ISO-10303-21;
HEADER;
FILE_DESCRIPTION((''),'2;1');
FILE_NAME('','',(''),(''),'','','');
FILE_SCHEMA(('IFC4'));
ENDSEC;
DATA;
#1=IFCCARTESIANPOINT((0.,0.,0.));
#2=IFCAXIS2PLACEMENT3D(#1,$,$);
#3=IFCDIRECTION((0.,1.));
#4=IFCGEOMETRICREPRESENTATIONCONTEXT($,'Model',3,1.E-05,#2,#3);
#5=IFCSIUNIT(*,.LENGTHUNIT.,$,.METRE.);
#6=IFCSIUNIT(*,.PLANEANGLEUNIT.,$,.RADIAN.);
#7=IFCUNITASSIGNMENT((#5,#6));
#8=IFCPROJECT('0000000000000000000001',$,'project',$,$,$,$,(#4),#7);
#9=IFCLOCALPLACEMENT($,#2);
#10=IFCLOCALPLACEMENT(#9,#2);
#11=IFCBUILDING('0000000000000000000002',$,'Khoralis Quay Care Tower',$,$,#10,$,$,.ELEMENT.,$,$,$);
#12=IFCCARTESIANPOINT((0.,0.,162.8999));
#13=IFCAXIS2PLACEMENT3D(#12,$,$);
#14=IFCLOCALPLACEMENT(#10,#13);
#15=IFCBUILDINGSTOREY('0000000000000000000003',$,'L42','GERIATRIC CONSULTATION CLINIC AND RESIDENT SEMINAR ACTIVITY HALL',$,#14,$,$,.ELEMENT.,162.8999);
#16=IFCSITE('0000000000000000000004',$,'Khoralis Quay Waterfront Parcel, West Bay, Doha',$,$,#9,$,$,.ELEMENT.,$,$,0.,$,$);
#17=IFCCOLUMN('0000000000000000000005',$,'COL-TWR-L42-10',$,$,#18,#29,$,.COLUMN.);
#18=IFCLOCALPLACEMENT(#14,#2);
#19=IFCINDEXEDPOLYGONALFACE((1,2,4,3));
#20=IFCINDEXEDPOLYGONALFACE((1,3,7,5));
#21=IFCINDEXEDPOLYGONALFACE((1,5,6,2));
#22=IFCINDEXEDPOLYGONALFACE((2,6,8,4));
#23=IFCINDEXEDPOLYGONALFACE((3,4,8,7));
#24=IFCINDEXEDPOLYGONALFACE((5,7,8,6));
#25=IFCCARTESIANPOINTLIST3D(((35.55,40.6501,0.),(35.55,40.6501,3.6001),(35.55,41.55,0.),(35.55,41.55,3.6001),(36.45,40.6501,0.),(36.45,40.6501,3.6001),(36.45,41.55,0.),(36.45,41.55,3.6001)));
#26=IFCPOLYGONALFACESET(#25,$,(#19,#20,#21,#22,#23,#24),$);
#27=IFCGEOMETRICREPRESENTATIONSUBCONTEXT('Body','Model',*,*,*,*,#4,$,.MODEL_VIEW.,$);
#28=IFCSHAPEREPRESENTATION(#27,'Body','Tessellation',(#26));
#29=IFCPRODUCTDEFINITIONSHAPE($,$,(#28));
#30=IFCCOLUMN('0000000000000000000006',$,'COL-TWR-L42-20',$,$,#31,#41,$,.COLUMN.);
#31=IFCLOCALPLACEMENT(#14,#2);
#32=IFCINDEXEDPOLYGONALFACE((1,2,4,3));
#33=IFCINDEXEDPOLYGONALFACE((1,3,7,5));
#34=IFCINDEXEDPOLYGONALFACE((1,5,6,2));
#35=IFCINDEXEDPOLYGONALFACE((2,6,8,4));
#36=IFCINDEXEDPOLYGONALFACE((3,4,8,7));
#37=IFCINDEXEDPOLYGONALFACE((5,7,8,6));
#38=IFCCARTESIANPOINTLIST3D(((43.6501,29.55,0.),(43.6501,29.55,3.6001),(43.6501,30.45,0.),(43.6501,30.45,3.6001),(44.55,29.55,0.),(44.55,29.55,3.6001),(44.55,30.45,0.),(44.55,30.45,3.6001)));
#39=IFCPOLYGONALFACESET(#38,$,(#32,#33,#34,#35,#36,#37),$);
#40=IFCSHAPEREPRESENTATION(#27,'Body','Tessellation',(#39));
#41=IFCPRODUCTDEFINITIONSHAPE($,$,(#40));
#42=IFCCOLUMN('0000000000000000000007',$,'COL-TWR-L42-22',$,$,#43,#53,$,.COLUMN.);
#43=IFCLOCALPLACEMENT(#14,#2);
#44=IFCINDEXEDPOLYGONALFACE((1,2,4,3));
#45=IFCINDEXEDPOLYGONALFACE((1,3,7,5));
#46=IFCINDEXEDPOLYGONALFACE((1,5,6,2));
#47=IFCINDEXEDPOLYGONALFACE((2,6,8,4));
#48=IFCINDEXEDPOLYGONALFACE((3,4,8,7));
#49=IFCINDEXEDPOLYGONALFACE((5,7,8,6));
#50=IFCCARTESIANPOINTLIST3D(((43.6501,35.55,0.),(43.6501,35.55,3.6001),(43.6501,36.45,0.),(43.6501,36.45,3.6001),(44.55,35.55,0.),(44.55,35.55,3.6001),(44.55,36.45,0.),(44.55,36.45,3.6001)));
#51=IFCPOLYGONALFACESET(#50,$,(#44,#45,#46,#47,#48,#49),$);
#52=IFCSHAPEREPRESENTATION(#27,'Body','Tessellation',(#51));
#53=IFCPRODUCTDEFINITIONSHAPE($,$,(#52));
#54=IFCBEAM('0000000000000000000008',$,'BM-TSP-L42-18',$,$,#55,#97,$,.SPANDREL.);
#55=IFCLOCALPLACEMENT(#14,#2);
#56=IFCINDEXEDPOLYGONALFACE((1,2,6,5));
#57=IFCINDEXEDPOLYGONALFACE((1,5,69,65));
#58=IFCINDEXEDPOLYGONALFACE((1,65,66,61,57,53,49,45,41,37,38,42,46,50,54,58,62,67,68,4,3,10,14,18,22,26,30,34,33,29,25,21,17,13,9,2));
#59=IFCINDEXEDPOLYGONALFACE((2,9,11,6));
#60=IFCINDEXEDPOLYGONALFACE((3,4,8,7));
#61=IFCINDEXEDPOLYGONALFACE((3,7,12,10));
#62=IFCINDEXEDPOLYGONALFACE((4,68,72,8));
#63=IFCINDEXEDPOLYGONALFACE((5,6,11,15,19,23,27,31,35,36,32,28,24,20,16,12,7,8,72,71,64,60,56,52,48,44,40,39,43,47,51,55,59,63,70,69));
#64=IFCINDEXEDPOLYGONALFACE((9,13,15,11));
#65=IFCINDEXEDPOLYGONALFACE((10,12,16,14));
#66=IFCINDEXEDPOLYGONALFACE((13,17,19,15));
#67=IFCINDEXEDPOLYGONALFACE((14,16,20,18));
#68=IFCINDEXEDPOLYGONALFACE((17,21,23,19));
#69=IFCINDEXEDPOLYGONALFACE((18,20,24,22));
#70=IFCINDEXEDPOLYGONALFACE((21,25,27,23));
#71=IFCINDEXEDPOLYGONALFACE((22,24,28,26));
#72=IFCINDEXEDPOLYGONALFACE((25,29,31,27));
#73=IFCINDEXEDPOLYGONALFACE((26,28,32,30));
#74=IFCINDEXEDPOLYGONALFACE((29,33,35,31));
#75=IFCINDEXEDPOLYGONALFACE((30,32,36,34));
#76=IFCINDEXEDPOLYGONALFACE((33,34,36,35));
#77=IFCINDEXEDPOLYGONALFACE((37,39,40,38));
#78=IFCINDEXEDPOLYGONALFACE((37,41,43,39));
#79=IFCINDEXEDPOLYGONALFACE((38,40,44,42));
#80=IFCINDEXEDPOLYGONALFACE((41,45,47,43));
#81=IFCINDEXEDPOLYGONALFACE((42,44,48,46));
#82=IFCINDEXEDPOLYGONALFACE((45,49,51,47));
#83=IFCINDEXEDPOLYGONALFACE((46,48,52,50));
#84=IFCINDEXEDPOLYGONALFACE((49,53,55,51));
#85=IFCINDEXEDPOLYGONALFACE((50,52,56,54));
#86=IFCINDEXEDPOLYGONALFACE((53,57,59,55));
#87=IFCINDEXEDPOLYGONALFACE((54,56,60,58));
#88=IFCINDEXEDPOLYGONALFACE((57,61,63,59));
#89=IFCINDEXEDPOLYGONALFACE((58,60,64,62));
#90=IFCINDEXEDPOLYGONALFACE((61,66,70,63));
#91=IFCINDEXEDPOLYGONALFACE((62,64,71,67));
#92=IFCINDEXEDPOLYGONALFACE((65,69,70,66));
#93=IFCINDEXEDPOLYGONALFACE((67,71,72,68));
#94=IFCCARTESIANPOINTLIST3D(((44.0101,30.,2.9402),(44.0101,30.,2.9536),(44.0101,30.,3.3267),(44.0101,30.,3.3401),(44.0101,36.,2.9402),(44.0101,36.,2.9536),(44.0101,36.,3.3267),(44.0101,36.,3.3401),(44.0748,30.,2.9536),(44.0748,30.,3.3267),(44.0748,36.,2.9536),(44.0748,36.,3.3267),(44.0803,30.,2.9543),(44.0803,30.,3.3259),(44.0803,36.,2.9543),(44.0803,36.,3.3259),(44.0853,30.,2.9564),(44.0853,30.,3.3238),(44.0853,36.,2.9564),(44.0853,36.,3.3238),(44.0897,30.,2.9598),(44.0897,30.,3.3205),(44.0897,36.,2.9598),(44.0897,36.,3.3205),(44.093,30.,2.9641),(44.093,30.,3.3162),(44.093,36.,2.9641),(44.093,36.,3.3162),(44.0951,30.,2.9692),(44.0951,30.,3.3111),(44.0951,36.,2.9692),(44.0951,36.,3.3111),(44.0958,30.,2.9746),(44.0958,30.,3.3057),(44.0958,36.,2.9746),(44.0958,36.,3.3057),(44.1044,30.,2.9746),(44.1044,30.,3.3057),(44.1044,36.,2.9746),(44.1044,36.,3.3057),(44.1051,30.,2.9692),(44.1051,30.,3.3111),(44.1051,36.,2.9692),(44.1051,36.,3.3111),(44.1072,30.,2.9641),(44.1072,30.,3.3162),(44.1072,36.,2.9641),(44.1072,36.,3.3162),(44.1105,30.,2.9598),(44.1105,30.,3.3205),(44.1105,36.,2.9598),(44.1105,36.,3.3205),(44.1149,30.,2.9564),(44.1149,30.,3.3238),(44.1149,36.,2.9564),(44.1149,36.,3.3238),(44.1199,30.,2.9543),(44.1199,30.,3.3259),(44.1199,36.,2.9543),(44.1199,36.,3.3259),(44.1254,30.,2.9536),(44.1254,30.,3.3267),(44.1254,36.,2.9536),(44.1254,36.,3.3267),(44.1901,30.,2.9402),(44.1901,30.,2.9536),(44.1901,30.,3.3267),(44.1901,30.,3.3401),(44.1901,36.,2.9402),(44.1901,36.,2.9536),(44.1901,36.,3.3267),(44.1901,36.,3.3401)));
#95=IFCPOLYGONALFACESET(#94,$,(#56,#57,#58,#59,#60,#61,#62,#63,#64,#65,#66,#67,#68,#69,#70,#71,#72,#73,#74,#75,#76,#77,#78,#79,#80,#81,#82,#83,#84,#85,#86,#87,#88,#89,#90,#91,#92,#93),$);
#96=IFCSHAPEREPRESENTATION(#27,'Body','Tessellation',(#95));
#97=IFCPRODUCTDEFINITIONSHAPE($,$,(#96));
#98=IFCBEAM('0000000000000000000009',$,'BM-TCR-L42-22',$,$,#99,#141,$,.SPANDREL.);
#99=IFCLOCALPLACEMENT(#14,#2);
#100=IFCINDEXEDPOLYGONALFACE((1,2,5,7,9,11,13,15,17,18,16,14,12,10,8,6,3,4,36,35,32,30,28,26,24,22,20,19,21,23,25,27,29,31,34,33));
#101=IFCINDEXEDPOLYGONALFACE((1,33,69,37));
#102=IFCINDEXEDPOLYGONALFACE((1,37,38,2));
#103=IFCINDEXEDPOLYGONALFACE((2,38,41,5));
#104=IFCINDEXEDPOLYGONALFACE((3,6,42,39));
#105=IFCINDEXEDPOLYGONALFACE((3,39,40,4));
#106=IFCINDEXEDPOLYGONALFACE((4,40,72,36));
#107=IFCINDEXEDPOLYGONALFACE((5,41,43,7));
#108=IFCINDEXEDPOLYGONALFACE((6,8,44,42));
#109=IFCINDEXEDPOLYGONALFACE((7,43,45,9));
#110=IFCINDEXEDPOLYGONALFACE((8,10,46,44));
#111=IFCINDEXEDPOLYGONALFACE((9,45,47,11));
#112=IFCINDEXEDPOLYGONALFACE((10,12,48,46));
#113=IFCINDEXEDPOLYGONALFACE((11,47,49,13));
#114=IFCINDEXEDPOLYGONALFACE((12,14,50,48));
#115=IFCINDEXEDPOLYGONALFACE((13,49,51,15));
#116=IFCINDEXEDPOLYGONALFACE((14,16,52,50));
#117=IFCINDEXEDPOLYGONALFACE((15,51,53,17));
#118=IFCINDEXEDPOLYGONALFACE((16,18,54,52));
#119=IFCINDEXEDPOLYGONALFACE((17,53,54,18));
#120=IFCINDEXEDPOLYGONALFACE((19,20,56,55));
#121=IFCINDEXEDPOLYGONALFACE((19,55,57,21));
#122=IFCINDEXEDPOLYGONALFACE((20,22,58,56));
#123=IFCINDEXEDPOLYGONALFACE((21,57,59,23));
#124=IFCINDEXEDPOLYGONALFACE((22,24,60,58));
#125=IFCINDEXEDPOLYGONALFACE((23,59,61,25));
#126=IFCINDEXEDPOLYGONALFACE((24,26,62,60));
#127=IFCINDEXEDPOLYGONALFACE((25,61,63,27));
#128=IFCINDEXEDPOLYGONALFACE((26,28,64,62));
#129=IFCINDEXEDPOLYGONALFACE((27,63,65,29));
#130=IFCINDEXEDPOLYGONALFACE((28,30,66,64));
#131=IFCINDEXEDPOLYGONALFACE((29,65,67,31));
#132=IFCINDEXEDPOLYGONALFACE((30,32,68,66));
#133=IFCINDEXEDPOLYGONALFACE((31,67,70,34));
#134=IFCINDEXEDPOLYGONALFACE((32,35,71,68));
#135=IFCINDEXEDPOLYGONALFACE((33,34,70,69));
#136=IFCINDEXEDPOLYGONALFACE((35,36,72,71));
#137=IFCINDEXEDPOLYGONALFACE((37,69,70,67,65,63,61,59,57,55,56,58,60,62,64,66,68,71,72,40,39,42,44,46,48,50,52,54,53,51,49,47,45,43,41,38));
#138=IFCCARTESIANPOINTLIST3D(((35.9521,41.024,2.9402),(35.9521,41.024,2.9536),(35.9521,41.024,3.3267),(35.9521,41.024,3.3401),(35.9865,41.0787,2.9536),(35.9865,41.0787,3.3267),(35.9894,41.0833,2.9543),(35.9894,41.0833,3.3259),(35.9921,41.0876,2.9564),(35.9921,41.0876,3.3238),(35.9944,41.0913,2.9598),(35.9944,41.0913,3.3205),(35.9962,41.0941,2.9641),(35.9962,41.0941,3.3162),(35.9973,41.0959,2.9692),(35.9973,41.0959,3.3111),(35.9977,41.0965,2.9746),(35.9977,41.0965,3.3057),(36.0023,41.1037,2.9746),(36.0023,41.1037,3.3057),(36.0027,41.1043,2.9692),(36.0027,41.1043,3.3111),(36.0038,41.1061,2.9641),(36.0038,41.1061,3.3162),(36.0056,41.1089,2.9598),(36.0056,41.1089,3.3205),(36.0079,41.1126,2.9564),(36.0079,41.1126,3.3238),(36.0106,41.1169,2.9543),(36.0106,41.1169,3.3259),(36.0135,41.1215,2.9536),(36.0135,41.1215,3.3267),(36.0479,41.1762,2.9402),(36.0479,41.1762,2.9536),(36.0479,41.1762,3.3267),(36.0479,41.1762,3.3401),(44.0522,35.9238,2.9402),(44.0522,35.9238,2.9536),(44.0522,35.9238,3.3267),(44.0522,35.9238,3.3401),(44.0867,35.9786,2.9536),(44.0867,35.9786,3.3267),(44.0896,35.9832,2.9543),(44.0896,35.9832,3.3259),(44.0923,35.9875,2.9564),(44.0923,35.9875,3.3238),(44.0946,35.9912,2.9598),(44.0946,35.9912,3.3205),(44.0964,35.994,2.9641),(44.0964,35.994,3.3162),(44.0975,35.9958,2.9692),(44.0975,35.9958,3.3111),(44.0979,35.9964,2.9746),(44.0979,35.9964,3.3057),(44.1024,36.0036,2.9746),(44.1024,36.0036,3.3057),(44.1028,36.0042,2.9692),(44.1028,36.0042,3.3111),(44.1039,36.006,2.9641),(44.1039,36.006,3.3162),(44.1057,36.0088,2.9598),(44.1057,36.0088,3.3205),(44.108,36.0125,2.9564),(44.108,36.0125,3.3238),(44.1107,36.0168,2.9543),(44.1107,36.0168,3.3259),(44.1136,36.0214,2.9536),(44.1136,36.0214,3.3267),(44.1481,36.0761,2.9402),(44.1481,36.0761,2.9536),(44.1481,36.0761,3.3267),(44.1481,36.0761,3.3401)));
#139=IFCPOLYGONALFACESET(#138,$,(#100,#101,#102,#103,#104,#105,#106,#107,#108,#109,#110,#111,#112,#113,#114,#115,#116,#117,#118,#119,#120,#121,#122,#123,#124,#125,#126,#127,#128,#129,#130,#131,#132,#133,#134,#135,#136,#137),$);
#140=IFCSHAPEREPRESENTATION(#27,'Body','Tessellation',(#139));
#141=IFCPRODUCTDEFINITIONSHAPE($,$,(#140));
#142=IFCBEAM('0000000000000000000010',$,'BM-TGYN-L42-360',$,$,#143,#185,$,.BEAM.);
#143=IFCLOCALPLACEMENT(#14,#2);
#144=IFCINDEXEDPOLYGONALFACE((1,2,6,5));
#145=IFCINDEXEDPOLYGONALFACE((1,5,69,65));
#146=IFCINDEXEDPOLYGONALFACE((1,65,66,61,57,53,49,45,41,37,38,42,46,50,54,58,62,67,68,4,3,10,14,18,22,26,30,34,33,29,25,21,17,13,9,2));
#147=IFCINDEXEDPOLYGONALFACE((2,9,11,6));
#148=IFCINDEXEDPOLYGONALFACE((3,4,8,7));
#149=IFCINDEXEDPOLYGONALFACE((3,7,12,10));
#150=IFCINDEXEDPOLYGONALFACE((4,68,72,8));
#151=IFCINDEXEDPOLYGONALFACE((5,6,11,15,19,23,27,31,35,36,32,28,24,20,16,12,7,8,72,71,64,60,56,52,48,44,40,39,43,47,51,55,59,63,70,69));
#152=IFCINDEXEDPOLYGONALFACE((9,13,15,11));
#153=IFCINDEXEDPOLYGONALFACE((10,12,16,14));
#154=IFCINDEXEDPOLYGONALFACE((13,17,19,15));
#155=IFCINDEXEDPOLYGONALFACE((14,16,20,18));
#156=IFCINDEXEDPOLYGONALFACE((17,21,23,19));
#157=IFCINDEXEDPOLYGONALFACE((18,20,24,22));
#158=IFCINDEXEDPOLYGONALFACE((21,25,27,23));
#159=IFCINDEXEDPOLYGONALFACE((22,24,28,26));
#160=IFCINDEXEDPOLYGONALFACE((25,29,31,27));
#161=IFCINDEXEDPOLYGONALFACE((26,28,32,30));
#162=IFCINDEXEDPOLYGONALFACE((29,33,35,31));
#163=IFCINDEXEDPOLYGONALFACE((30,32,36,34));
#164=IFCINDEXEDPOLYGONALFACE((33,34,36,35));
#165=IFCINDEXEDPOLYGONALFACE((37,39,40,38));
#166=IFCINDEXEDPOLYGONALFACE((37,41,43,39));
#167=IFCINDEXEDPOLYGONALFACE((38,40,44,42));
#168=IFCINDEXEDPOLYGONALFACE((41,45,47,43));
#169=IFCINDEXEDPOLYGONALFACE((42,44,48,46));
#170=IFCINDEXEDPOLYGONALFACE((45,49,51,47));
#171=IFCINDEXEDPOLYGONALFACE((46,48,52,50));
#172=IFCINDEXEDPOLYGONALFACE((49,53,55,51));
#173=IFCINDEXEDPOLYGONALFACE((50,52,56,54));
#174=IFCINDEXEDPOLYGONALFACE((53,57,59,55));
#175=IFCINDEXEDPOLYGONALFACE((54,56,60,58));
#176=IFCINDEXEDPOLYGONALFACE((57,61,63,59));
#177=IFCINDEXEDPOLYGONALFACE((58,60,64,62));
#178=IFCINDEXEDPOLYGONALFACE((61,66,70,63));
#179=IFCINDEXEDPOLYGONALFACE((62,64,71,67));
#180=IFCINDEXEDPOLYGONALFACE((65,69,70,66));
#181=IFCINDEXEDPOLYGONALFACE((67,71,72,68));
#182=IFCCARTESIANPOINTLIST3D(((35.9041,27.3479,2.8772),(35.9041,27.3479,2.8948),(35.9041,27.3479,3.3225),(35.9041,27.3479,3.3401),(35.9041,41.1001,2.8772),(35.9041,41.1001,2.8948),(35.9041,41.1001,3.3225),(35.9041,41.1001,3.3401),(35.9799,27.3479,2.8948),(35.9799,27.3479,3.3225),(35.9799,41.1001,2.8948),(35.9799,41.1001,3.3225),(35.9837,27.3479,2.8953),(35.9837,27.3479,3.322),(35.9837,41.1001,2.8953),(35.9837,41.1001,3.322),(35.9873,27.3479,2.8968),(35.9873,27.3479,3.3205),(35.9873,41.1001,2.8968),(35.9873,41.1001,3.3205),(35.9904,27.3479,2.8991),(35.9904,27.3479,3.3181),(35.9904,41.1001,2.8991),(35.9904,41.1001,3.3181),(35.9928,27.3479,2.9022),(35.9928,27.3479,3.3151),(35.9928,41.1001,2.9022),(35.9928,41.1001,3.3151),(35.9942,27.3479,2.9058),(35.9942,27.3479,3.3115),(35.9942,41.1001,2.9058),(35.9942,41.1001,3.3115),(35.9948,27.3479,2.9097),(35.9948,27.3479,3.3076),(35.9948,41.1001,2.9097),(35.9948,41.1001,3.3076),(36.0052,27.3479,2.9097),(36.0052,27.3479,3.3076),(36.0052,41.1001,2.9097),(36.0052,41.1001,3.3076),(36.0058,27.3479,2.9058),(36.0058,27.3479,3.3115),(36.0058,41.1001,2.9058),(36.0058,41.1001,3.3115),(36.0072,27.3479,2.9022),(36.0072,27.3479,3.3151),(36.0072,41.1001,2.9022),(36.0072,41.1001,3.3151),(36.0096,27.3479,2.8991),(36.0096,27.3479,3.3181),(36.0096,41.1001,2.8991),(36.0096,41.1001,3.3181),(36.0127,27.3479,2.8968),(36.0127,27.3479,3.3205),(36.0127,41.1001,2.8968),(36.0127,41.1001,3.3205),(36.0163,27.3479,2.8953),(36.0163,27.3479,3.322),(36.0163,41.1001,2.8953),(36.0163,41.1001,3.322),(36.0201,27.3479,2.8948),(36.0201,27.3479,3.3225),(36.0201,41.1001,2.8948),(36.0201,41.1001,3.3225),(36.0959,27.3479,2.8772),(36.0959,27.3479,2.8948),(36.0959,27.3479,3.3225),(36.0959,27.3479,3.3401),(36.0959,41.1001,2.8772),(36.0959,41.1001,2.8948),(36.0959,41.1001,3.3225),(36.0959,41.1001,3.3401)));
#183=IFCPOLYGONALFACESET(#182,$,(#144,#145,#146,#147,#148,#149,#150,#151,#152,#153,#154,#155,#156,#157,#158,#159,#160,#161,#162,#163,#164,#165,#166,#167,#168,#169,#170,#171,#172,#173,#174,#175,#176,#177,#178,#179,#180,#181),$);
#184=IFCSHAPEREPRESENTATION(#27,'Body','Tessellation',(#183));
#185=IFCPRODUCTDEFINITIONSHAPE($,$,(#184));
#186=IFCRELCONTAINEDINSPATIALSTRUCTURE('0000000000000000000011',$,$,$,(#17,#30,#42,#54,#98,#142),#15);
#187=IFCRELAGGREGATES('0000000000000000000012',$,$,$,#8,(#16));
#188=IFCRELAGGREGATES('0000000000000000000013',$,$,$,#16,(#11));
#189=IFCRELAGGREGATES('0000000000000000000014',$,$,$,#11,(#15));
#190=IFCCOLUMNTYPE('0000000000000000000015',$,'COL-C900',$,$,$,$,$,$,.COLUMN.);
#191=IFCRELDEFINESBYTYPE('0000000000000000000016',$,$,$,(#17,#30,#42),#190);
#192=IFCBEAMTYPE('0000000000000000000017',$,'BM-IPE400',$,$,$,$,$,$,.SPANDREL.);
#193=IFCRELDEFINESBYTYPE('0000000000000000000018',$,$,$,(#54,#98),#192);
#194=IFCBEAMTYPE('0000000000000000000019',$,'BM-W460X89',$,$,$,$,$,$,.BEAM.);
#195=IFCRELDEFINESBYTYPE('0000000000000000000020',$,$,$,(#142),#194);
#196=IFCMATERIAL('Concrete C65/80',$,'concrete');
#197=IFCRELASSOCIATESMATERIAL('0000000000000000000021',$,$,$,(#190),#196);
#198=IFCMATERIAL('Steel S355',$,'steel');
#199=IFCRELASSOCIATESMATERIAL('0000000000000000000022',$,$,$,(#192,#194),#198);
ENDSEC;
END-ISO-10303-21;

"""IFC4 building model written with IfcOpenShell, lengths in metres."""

from ifc_helpers import new_model, si_unit, direction, frame, origin, origin_2d, place, context, subcontext, project, spatial, rectangle, i_section, extrude, source, transform, mapped, material, material_profile, profile_set, type_object, element, save


model = new_model("IFC4")

# Units and contexts
model_context = context("Model", 3, precision=1e-05, world=origin(), true_north=direction((0.0, 1.0)))
body_context = subcontext(model_context, "Body", "Model", "MODEL_VIEW")
ifc_project = project(units=[si_unit("LENGTHUNIT", "METRE"), si_unit("PLANEANGLEUNIT", "RADIAN")], contexts=[model_context])

# Site, building, storey
site_placement = place(None, origin())
site = spatial("IfcSite", under=ifc_project, at=site_placement, Name="Khoralis Quay Waterfront Parcel, West Bay, Doha", CompositionType="ELEMENT", RefElevation=0.0)
building_placement = place(site_placement, origin())
building = spatial("IfcBuilding", under=site, at=building_placement, Name="Khoralis Quay Care Tower", CompositionType="ELEMENT")
storey_placement = place(building_placement, frame((0.0, 0.0, 162.8999)))
storey = spatial("IfcBuildingStorey", under=building, at=storey_placement, Name="L42", Description="GERIATRIC CONSULTATION CLINIC AND RESIDENT SEMINAR ACTIVITY HALL", CompositionType="ELEMENT", Elevation=162.8999)

# Columns
ifc_material_1 = material(Name="Concrete C65/80", Category="concrete")
ifc_material_profile_1 = material_profile(ifc_material_1, rectangle(XDim=0.8999, YDim=0.8999, at=origin_2d()), Name="Concrete C65/80")
ifc_profile_set_1 = profile_set([ifc_material_profile_1], Name="Concrete C65/80")
column_type = type_object("IfcColumnType", Name="COL-C900", PredefinedType="COLUMN", material=ifc_profile_set_1)
shared_shape_1 = source(origin(), body_context, "Body", "SweptSolid", [
    extrude(rectangle(XDim=0.8999, YDim=0.8999, at=origin_2d()), origin(), (0.0, 0.0, 1.0), 3.6001),
])
for number, where, z_axis, x_axis, name in (
    (1, (36.0, 41.1001, 0.0), (0.0, 0.0, 1.0), (1.0, 0.0, 0.0), "COL-TWR-L42-10"),
    (2, (44.1001, 30.0, 0.0), (0.0, 0.0, 1.0), (1.0, 0.0, 0.0), "COL-TWR-L42-20"),
    (3, (44.1001, 36.0, 0.0), (0.0, 0.0, 1.0), (1.0, 0.0, 0.0), "COL-TWR-L42-22"),
):
    element("IfcColumn", number, at=place(storey_placement, frame(where, z_axis=z_axis, x_axis=x_axis)), inside=storey, type_object=column_type, Name=name, PredefinedType="COLUMN", context=body_context, shape_type="MappedRepresentation", body=[
        mapped(shared_shape_1, transform((0.0, 0.0, 0.0), scale=1.0)),
    ])

# Beams
ifc_material_2 = material(Name="Steel S355", Category="steel")
ifc_material_profile_2 = material_profile(ifc_material_2, i_section(OverallWidth=0.1799, OverallDepth=0.3999, WebThickness=0.0085, FlangeThickness=0.0134, FilletRadius=0.021, at=origin_2d()), Name="Steel S355")
ifc_profile_set_2 = profile_set([ifc_material_profile_2], Name="Steel S355")
beam_type_1 = type_object("IfcBeamType", Name="BM-IPE400", PredefinedType="SPANDREL", material=ifc_profile_set_2)
shared_shape_2 = source(origin(), body_context, "Body", "SweptSolid", [
    extrude(i_section(OverallWidth=0.1799, OverallDepth=0.3999, WebThickness=0.0085, FlangeThickness=0.0134, FilletRadius=0.021, at=origin_2d()), origin(), (0.0, 0.0, 1.0), 6.0),
])
beam_1_placement = place(storey_placement, frame((44.1001, 30.0, 3.1401), z_axis=(0.0, 1.0, 0.0), x_axis=(-1.0, 0.0, 0.0)))
element("IfcBeam", 4, at=beam_1_placement, inside=storey, type_object=beam_type_1, Name="BM-TSP-L42-18", PredefinedType="SPANDREL", context=body_context, shape_type="MappedRepresentation", body=[
    mapped(shared_shape_2, transform((0.0, 0.0, 0.0), scale=1.0)),
])
shared_shape_3 = source(origin(), body_context, "Body", "SweptSolid", [
    extrude(i_section(OverallWidth=0.1799, OverallDepth=0.3999, WebThickness=0.0085, FlangeThickness=0.0134, FilletRadius=0.021, at=origin_2d()), origin(), (0.0, 0.0, 1.0), 9.572),
])
beam_2_placement = place(storey_placement, frame((36.0, 41.1001, 3.1401), z_axis=(0.846231, -0.532816, 0.0), x_axis=(0.532816, 0.846231, 0.0)))
element("IfcBeam", 5, at=beam_2_placement, inside=storey, type_object=beam_type_1, Name="BM-TCR-L42-22", PredefinedType="SPANDREL", context=body_context, shape_type="MappedRepresentation", body=[
    mapped(shared_shape_3, transform((0.0, 0.0, 0.0), scale=1.0)),
])
ifc_material_profile_3 = material_profile(ifc_material_2, i_section(OverallWidth=0.1919, OverallDepth=0.4629, WebThickness=0.0105, FlangeThickness=0.0176, FilletRadius=0.0149, at=origin_2d()), Name="Steel S355")
ifc_profile_set_3 = profile_set([ifc_material_profile_3], Name="Steel S355")
beam_type_2 = type_object("IfcBeamType", Name="BM-W460X89", PredefinedType="BEAM", material=ifc_profile_set_3)
shared_shape_4 = source(origin(), body_context, "Body", "SweptSolid", [
    extrude(i_section(OverallWidth=0.1919, OverallDepth=0.4629, WebThickness=0.0105, FlangeThickness=0.0176, FilletRadius=0.0149, at=origin_2d()), origin(), (0.0, 0.0, 1.0), 13.7522),
])
beam_3_placement = place(storey_placement, frame((36.0, 27.3479, 3.1086), z_axis=(0.0, 1.0, 0.0), x_axis=(-1.0, 0.0, 0.0)))
element("IfcBeam", 6, at=beam_3_placement, inside=storey, type_object=beam_type_2, Name="BM-TGYN-L42-360", PredefinedType="BEAM", context=body_context, shape_type="MappedRepresentation", body=[
    mapped(shared_shape_4, transform((0.0, 0.0, 0.0), scale=1.0)),
])

save(model, "model.ifc")
